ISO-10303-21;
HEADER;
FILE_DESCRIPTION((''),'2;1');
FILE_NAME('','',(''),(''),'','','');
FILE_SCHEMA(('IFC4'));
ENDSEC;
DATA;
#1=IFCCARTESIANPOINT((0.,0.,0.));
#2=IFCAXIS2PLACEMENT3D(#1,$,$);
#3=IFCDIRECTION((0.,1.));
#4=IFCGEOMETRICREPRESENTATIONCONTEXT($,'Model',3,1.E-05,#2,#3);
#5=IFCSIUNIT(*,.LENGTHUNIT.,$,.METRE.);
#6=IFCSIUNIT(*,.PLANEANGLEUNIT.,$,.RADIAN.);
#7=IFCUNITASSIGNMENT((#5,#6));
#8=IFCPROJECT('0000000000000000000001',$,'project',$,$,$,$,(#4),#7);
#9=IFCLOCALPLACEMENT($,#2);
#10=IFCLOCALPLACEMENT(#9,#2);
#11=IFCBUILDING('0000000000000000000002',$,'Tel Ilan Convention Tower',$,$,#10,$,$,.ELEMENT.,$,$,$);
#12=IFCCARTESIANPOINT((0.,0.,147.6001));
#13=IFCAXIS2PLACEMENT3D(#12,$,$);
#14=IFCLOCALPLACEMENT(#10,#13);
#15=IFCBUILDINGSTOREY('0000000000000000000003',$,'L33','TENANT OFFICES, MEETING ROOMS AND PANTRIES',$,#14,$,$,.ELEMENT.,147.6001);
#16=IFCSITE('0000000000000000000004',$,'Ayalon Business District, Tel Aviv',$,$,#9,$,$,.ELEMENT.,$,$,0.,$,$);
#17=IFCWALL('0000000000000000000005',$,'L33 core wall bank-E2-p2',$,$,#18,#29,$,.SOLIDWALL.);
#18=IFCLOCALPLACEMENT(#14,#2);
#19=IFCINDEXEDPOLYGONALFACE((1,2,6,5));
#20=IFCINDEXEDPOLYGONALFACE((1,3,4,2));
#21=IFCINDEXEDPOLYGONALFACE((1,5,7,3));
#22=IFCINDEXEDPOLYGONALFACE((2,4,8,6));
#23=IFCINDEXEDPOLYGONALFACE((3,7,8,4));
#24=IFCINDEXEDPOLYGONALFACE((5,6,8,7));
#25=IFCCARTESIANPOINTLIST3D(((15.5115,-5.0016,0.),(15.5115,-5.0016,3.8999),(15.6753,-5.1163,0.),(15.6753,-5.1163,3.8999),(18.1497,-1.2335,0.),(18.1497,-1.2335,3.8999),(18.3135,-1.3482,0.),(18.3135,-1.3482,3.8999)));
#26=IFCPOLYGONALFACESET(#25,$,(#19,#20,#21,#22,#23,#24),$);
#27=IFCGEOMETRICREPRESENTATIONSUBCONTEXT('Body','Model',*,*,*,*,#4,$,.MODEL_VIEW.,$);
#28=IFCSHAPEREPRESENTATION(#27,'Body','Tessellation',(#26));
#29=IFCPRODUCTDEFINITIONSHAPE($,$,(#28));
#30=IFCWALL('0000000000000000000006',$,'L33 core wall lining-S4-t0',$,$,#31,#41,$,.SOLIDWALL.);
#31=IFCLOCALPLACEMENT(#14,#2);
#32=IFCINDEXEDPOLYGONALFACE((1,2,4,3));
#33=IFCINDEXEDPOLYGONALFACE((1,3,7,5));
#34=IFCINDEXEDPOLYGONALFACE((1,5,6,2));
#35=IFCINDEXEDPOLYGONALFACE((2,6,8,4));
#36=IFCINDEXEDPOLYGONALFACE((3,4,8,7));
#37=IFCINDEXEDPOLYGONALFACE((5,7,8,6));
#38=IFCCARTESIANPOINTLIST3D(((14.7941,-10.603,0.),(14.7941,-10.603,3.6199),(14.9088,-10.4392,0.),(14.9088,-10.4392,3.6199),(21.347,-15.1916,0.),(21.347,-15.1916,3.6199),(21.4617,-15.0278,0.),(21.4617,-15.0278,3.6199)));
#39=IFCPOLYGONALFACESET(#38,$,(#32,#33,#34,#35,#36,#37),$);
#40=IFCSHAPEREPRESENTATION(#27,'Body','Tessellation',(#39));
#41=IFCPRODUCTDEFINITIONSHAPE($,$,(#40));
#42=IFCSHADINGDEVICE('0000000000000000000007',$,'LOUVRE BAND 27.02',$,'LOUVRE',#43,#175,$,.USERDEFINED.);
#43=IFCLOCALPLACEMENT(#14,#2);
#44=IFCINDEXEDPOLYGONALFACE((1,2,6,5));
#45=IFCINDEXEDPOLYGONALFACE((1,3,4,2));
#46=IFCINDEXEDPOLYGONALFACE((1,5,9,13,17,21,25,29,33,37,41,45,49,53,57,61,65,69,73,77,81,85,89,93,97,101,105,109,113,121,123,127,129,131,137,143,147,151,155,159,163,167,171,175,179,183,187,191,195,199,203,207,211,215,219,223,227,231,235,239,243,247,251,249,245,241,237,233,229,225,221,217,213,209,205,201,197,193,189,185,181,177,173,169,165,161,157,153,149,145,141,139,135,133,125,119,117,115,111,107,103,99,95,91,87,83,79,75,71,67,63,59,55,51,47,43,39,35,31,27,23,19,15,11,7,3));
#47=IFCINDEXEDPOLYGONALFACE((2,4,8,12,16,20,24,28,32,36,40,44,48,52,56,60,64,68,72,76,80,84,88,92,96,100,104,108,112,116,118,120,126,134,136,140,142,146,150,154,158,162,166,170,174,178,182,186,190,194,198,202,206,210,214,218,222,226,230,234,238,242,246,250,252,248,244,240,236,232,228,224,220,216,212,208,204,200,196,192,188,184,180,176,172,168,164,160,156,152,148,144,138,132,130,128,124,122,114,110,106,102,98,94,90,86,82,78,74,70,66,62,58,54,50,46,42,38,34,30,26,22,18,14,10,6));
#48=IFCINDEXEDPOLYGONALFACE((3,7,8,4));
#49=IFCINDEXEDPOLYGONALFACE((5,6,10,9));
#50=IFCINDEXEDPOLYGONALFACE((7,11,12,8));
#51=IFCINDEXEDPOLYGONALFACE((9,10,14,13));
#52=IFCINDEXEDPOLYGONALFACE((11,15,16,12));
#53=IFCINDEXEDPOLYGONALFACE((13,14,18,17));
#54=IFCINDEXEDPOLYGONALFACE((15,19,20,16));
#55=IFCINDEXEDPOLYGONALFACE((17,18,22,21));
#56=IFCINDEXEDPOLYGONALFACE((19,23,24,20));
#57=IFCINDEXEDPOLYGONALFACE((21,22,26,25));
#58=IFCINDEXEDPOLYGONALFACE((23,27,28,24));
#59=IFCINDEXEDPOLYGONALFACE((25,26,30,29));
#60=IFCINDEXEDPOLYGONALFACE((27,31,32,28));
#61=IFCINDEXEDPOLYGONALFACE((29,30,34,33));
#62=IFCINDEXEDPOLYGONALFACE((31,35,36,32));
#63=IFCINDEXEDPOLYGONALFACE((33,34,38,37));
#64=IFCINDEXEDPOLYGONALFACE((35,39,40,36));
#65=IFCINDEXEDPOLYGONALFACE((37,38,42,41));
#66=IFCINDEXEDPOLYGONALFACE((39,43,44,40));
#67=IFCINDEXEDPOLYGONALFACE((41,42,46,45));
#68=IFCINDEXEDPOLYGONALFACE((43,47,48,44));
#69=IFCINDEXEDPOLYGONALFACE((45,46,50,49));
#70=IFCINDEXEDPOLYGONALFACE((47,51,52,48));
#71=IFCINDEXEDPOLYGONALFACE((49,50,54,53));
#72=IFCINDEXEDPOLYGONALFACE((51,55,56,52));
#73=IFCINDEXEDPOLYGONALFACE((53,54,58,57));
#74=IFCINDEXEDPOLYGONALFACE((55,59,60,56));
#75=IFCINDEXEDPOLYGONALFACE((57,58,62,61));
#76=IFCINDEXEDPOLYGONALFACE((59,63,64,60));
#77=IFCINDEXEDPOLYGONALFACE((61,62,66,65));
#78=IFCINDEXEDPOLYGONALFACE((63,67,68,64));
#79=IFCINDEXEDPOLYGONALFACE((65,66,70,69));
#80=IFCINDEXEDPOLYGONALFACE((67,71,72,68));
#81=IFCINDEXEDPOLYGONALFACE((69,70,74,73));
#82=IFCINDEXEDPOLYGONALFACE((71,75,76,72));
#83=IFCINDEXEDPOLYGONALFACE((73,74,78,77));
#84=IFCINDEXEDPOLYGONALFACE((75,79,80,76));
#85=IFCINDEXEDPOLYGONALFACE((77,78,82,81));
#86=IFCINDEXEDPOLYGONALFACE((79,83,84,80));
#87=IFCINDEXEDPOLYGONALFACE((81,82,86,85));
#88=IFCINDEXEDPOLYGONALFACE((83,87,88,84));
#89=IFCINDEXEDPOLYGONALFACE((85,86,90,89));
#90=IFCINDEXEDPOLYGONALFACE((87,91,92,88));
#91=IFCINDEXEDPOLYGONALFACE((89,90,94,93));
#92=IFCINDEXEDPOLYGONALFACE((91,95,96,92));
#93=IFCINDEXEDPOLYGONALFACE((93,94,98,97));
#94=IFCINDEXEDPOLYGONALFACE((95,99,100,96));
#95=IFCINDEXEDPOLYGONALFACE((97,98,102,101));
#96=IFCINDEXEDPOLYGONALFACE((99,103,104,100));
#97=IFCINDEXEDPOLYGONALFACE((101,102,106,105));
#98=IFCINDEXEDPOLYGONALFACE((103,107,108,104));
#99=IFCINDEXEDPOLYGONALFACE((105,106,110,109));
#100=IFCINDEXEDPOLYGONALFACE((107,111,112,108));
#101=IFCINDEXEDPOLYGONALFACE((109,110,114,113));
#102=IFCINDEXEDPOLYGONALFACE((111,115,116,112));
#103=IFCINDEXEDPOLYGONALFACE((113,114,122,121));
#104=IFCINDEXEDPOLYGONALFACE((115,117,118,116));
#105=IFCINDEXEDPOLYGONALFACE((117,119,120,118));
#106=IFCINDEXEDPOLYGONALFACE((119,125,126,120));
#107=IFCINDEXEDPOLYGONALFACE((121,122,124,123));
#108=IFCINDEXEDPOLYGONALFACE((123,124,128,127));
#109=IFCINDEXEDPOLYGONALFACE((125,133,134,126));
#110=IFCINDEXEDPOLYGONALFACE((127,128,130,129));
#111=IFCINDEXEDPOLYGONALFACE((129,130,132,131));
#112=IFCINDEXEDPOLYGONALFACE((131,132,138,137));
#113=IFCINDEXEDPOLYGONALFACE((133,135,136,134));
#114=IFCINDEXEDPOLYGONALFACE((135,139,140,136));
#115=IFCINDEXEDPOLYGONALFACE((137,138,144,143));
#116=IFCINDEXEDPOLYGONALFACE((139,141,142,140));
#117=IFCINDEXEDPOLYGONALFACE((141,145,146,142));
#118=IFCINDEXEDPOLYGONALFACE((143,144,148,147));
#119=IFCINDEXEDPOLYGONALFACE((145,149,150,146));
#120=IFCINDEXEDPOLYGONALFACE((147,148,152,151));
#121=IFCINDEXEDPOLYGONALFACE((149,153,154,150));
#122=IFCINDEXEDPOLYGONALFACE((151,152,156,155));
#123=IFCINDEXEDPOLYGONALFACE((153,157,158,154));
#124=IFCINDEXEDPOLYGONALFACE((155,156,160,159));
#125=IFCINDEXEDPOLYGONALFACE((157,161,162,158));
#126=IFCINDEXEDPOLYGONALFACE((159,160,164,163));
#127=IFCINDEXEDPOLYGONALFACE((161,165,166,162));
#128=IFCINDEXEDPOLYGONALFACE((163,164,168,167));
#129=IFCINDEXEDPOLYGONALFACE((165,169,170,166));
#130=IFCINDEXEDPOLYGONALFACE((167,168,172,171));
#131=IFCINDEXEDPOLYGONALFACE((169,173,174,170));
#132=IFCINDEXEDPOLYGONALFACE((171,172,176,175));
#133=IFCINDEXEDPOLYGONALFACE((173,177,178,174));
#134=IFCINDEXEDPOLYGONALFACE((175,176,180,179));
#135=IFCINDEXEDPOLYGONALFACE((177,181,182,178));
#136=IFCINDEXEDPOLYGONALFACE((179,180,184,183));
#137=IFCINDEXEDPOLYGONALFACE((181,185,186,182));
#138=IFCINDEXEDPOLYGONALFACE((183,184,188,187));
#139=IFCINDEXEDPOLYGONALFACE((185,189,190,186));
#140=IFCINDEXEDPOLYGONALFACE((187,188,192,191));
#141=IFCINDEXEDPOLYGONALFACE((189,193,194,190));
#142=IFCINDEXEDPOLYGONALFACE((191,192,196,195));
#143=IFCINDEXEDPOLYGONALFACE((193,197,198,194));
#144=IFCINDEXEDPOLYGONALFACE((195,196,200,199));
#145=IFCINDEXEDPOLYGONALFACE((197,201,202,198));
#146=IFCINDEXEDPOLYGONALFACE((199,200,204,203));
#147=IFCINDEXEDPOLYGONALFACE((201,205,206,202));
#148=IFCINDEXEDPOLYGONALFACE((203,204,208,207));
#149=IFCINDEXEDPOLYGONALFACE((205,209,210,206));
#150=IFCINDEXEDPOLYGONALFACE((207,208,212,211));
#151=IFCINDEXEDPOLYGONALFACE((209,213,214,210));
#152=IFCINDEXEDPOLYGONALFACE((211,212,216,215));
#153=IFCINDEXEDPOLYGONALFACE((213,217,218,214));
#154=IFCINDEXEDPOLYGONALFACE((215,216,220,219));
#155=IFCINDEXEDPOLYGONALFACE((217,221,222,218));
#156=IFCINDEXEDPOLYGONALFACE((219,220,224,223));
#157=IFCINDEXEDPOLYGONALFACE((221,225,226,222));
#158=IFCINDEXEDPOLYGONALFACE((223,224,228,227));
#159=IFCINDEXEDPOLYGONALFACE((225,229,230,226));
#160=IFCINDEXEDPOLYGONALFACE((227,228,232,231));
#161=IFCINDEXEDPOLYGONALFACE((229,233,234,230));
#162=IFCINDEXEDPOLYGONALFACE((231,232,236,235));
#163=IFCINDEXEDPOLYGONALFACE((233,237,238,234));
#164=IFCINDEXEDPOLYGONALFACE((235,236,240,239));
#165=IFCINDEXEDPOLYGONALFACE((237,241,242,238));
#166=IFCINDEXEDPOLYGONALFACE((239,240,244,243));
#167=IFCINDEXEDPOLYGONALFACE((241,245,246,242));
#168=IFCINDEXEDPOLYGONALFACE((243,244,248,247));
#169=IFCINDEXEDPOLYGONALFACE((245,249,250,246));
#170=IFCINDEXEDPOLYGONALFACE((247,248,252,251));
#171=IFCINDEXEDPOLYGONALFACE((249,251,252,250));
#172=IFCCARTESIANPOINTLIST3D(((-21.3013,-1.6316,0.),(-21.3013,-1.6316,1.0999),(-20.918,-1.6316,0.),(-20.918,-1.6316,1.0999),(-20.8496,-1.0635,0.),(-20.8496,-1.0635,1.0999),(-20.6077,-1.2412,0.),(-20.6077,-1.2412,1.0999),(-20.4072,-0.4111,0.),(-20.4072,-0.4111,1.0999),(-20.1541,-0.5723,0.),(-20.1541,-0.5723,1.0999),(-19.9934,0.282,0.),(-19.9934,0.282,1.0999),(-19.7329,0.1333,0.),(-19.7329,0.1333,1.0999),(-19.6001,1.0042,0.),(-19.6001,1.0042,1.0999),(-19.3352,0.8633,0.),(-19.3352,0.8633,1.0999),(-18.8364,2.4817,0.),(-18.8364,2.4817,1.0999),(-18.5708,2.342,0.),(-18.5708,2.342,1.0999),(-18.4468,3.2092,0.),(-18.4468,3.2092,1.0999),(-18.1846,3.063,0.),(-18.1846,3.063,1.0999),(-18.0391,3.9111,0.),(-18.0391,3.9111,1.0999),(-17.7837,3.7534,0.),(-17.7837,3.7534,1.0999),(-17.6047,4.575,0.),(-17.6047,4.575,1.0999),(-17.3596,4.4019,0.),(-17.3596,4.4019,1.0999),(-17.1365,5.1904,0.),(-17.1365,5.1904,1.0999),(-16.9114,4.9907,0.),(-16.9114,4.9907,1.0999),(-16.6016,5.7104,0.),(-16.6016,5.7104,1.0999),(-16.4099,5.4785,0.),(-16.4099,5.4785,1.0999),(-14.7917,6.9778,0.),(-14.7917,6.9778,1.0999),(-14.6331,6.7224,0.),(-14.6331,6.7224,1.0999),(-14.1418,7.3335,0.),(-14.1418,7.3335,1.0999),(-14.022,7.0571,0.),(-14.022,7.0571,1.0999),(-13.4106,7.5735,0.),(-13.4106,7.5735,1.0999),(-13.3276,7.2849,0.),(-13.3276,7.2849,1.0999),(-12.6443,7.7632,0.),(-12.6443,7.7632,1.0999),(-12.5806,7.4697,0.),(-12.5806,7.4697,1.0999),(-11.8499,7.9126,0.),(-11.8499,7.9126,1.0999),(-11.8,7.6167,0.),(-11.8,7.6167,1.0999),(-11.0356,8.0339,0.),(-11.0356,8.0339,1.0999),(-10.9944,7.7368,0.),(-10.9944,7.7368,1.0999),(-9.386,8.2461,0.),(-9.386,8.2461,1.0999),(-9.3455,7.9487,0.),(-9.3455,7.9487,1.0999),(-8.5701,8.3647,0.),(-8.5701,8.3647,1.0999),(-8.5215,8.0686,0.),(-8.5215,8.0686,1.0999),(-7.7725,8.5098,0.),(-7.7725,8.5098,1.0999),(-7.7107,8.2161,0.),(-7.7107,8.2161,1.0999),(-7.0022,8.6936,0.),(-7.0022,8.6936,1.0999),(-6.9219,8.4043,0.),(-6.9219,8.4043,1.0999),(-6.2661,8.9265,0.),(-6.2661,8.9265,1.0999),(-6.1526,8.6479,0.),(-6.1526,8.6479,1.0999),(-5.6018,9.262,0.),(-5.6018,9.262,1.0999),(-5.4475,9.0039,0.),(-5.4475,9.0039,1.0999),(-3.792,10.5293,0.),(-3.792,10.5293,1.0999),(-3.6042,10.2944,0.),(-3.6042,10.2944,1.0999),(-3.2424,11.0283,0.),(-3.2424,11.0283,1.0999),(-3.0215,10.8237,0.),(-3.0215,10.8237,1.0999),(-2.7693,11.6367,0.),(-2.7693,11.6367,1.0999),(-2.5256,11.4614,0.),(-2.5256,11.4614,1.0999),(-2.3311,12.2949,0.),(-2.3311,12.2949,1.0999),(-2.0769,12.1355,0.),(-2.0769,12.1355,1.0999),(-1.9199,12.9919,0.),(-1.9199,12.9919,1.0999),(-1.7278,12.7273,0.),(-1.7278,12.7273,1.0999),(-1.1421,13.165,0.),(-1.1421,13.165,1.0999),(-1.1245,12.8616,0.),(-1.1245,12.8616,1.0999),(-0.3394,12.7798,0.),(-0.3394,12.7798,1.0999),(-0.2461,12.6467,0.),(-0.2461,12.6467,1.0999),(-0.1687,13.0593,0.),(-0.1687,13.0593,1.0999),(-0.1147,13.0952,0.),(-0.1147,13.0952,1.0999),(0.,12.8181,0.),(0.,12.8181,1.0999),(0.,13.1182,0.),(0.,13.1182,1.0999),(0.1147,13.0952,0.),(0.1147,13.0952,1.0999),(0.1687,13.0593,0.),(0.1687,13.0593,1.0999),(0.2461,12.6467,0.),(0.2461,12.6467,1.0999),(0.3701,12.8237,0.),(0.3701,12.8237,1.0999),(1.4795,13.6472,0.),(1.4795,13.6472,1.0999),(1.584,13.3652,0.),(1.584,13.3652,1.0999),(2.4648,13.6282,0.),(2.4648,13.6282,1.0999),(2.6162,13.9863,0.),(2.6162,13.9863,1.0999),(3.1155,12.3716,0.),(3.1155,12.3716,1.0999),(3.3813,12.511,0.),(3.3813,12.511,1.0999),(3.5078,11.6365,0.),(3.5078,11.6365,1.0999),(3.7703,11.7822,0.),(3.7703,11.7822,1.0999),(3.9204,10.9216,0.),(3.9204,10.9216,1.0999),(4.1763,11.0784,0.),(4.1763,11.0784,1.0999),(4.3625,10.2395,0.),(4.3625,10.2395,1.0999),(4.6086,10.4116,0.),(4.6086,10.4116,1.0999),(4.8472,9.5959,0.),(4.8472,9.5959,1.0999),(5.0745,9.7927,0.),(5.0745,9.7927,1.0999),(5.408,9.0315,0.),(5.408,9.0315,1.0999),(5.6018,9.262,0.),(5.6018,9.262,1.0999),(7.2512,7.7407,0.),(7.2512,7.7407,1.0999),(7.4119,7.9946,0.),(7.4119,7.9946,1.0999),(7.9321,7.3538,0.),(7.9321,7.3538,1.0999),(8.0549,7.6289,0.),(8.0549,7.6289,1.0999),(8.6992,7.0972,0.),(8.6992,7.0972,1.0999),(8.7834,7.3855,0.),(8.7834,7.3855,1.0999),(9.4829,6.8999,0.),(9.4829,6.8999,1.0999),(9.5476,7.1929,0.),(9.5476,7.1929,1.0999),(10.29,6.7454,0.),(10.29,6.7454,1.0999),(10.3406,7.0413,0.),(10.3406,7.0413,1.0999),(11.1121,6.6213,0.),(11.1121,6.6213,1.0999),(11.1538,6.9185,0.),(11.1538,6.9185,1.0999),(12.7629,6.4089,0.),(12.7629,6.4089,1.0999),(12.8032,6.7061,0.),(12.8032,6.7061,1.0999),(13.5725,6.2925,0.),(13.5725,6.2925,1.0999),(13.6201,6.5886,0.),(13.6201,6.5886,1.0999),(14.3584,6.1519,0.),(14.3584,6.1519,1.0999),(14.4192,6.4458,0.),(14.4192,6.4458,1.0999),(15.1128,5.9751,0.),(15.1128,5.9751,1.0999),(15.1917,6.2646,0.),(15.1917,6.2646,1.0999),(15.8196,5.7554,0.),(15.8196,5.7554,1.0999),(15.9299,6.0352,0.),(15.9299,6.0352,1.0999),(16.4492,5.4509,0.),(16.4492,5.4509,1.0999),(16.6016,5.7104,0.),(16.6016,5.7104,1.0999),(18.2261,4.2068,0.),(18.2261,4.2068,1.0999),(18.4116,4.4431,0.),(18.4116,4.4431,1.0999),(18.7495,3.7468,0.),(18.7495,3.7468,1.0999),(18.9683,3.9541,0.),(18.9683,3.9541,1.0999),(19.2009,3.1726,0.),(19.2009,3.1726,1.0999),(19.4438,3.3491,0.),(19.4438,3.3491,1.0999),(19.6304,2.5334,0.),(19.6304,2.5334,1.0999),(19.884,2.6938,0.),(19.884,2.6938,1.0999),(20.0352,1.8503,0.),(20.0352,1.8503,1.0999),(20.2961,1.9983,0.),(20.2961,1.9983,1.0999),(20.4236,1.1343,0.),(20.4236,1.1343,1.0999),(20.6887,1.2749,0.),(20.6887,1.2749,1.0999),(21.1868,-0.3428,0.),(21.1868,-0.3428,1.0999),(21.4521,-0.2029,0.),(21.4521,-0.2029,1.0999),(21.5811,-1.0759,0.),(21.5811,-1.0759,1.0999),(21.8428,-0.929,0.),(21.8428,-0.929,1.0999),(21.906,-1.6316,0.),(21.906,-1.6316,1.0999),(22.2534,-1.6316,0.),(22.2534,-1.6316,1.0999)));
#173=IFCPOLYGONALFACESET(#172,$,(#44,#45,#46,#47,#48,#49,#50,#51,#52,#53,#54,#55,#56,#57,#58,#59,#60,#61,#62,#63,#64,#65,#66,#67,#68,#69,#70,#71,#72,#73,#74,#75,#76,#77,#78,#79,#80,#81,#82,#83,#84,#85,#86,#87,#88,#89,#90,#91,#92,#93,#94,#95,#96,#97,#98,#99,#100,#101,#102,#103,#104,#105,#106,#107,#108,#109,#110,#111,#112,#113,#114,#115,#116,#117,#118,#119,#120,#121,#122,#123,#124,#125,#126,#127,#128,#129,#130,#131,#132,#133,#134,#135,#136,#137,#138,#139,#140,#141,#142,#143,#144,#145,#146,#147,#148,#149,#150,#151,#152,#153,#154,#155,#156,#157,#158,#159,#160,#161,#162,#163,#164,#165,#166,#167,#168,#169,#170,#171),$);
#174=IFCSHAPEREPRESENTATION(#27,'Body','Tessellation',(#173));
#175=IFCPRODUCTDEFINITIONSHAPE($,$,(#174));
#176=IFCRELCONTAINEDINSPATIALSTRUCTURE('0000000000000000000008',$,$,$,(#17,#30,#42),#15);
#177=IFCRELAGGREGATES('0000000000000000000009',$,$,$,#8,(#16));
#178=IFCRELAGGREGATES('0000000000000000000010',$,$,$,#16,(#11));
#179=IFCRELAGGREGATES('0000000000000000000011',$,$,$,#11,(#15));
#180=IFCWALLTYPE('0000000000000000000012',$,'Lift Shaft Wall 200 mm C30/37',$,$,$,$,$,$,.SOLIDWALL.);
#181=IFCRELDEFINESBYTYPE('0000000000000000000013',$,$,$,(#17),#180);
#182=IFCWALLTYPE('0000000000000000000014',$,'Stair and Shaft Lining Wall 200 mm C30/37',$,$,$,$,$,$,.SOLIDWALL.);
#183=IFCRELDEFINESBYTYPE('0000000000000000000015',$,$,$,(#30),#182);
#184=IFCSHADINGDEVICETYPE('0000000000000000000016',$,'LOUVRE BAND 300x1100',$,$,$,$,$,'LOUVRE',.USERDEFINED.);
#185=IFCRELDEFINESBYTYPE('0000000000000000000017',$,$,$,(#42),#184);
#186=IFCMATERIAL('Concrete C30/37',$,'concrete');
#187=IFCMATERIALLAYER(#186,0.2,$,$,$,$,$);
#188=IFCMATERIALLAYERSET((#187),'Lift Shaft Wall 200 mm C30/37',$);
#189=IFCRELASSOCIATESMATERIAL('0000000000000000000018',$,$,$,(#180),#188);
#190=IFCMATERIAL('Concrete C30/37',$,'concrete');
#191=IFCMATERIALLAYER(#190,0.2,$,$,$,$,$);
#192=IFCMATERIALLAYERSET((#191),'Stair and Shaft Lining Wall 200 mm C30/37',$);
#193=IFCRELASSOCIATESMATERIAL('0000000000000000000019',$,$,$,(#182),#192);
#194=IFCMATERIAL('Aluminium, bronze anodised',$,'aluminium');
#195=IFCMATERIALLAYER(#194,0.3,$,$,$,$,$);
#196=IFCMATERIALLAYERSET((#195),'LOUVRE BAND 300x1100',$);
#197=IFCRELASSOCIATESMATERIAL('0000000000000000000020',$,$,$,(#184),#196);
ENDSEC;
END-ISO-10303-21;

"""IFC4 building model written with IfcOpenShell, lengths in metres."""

from ifc_helpers import new_model, si_unit, direction, frame, frame_2d, origin, place, context, subcontext, project, spatial, polyline, rectangle, outline, extrude, material, layer, layer_set, type_object, element, save


model = new_model("IFC4")

# Units and contexts
model_context = context("Model", 3, precision=1e-05, world=origin(), true_north=direction((0.0, 1.0)))
body_context = subcontext(model_context, "Body", "Model", "MODEL_VIEW")
ifc_project = project(units=[si_unit("LENGTHUNIT", "METRE"), si_unit("PLANEANGLEUNIT", "RADIAN")], contexts=[model_context])

# Site, building, storey
site_placement = place(None, origin())
site = spatial("IfcSite", under=ifc_project, at=site_placement, Name="Ayalon Business District, Tel Aviv", CompositionType="ELEMENT", RefElevation=0.0)
building_placement = place(site_placement, origin())
building = spatial("IfcBuilding", under=site, at=building_placement, Name="Tel Ilan Convention Tower", CompositionType="ELEMENT")
storey_placement = place(building_placement, frame((0.0, 0.0, 147.6001)))
storey = spatial("IfcBuildingStorey", under=building, at=storey_placement, Name="L33", Description="TENANT OFFICES, MEETING ROOMS AND PANTRIES", CompositionType="ELEMENT", Elevation=147.6001)

# Walls
ifc_material_1 = material(Name="Concrete C30/37", Category="concrete")
ifc_layer_1 = layer(ifc_material_1, 0.2)
ifc_layer_set_1 = layer_set([ifc_layer_1], Name="Lift Shaft Wall 200 mm C30/37")
wall_type_1 = type_object("IfcWallType", Name="Lift Shaft Wall 200 mm C30/37", PredefinedType="SOLIDWALL", material=ifc_layer_set_1)
for number, where, z_axis, x_axis, name in (
    (1, (15.5935, -5.0588, 0.0), (0.0, 0.0, 1.0), (0.573541, 0.819177, 0.0), "L33 core wall bank-E2-p2"),
):
    element("IfcWall", number, at=place(storey_placement, frame(where, z_axis=z_axis, x_axis=x_axis)), inside=storey, type_object=wall_type_1, Name=name, PredefinedType="SOLIDWALL", context=body_context, shape_type="SweptSolid", body=[
        extrude(rectangle(XDim=4.5999, YDim=0.2, at=frame_2d((2.2998, 0.0))), origin(), (0.0, 0.0, 1.0), 3.8999),
    ])
ifc_material_2 = material(Name="Concrete C30/37", Category="concrete")
ifc_layer_2 = layer(ifc_material_2, 0.2)
ifc_layer_set_2 = layer_set([ifc_layer_2], Name="Stair and Shaft Lining Wall 200 mm C30/37")
wall_type_2 = type_object("IfcWallType", Name="Stair and Shaft Lining Wall 200 mm C30/37", PredefinedType="SOLIDWALL", material=ifc_layer_set_2)
wall_1_placement = place(storey_placement, frame((14.8513, -10.521, 0.0), z_axis=(0.0, 0.0, 1.0), x_axis=(0.819142, -0.573591, 0.0)))
element("IfcWall", 2, at=wall_1_placement, inside=storey, type_object=wall_type_2, Name="L33 core wall lining-S4-t0", PredefinedType="SOLIDWALL", context=body_context, shape_type="SweptSolid", body=[
    extrude(rectangle(XDim=7.9998, YDim=0.2, at=frame_2d((4.0, 0.0))), origin(), (0.0, 0.0, 1.0), 3.6199),
])

# Shading device
ifc_material_3 = material(Name="Aluminium, bronze anodised", Category="aluminium")
ifc_layer_3 = layer(ifc_material_3, 0.3)
ifc_layer_set_3 = layer_set([ifc_layer_3], Name="LOUVRE BAND 300x1100")
shading_device_type = type_object("IfcShadingDeviceType", Name="LOUVRE BAND 300x1100", ElementType="LOUVRE", PredefinedType="USERDEFINED", material=ifc_layer_set_3)
shading_device_1_placement = place(storey_placement, origin())
element("IfcShadingDevice", 3, at=shading_device_1_placement, inside=storey, type_object=shading_device_type, Name="LOUVRE BAND 27.02", ObjectType="LOUVRE", PredefinedType="USERDEFINED", context=body_context, shape_type="SweptSolid", body=[
    extrude(outline(polyline([(-20.8496, -1.0635), (-21.3013, -1.6316), (-20.918, -1.6316), (-20.6077, -1.2412), (-20.1541, -0.5723), (-19.7329, 0.1333), (-19.3352, 0.8633), (-18.5708, 2.342), (-18.1846, 3.063), (-17.7837, 3.7534), (-17.3596, 4.4019), (-16.9114, 4.9907), (-16.4099, 5.4785), (-14.6331, 6.7224), (-14.022, 7.0571), (-13.3276, 7.2849), (-12.5806, 7.4697), (-11.8, 7.6167), (-10.9944, 7.7368), (-9.3455, 7.9487), (-8.5215, 8.0686), (-7.7107, 8.2161), (-6.9219, 8.4043), (-6.1526, 8.6479), (-5.4475, 9.0039), (-3.6042, 10.2944), (-3.0215, 10.8237), (-2.5256, 11.4614), (-2.0769, 12.1355), (-1.7278, 12.7273), (-1.1245, 12.8616), (-0.3394, 12.7798), (-0.2461, 12.6467), (0.0, 12.8181), (0.2461, 12.6467), (0.3701, 12.8237), (1.584, 13.3652), (2.4648, 13.6282), (3.1155, 12.3716), (3.5078, 11.6365), (3.9204, 10.9216), (4.3625, 10.2395), (4.8472, 9.5959), (5.408, 9.0315), (7.2512, 7.7407), (7.9321, 7.3538), (8.6992, 7.0972), (9.4829, 6.8999), (10.29, 6.7454), (11.1121, 6.6213), (12.7629, 6.4089), (13.5725, 6.2925), (14.3584, 6.1519), (15.1128, 5.9751), (15.8196, 5.7554), (16.4492, 5.4509), (18.2261, 4.2068), (18.7495, 3.7468), (19.2009, 3.1726), (19.6304, 2.5334), (20.0352, 1.8503), (20.4236, 1.1343), (21.1868, -0.3428), (21.5811, -1.0759), (21.906, -1.6316), (22.2534, -1.6316), (21.8428, -0.929), (21.4521, -0.2029), (20.6887, 1.2749), (20.2961, 1.9983), (19.884, 2.6938), (19.4438, 3.3491), (18.9683, 3.9541), (18.4116, 4.4431), (16.6016, 5.7104), (15.9299, 6.0352), (15.1917, 6.2646), (14.4192, 6.4458), (13.6201, 6.5886), (12.8032, 6.7061), (11.1538, 6.9185), (10.3406, 7.0413), (9.5476, 7.1929), (8.7834, 7.3855), (8.0549, 7.6289), (7.4119, 7.9946), (5.6018, 9.262), (5.0745, 9.7927), (4.6086, 10.4116), (4.1763, 11.0784), (3.7703, 11.7822), (3.3813, 12.511), (2.6162, 13.9863), (1.4795, 13.6472), (0.1687, 13.0593), (0.1147, 13.0952), (0.0, 13.1182), (-0.1147, 13.0952), (-0.1687, 13.0593), (-1.1421, 13.165), (-1.9199, 12.9919), (-2.3311, 12.2949), (-2.7693, 11.6367), (-3.2424, 11.0283), (-3.792, 10.5293), (-5.6018, 9.262), (-6.2661, 8.9265), (-7.0022, 8.6936), (-7.7725, 8.5098), (-8.5701, 8.3647), (-9.386, 8.2461), (-11.0356, 8.0339), (-11.8499, 7.9126), (-12.6443, 7.7632), (-13.4106, 7.5735), (-14.1418, 7.3335), (-14.7917, 6.9778), (-16.6016, 5.7104), (-17.1365, 5.1904), (-17.6047, 4.575), (-18.0391, 3.9111), (-18.4468, 3.2092), (-18.8364, 2.4817), (-19.6001, 1.0042), (-19.9934, 0.282), (-20.4072, -0.4111), (-20.8496, -1.0635)])), origin(), (0.0, 0.0, 1.0), 1.0999),
])

save(model, "model.ifc")
